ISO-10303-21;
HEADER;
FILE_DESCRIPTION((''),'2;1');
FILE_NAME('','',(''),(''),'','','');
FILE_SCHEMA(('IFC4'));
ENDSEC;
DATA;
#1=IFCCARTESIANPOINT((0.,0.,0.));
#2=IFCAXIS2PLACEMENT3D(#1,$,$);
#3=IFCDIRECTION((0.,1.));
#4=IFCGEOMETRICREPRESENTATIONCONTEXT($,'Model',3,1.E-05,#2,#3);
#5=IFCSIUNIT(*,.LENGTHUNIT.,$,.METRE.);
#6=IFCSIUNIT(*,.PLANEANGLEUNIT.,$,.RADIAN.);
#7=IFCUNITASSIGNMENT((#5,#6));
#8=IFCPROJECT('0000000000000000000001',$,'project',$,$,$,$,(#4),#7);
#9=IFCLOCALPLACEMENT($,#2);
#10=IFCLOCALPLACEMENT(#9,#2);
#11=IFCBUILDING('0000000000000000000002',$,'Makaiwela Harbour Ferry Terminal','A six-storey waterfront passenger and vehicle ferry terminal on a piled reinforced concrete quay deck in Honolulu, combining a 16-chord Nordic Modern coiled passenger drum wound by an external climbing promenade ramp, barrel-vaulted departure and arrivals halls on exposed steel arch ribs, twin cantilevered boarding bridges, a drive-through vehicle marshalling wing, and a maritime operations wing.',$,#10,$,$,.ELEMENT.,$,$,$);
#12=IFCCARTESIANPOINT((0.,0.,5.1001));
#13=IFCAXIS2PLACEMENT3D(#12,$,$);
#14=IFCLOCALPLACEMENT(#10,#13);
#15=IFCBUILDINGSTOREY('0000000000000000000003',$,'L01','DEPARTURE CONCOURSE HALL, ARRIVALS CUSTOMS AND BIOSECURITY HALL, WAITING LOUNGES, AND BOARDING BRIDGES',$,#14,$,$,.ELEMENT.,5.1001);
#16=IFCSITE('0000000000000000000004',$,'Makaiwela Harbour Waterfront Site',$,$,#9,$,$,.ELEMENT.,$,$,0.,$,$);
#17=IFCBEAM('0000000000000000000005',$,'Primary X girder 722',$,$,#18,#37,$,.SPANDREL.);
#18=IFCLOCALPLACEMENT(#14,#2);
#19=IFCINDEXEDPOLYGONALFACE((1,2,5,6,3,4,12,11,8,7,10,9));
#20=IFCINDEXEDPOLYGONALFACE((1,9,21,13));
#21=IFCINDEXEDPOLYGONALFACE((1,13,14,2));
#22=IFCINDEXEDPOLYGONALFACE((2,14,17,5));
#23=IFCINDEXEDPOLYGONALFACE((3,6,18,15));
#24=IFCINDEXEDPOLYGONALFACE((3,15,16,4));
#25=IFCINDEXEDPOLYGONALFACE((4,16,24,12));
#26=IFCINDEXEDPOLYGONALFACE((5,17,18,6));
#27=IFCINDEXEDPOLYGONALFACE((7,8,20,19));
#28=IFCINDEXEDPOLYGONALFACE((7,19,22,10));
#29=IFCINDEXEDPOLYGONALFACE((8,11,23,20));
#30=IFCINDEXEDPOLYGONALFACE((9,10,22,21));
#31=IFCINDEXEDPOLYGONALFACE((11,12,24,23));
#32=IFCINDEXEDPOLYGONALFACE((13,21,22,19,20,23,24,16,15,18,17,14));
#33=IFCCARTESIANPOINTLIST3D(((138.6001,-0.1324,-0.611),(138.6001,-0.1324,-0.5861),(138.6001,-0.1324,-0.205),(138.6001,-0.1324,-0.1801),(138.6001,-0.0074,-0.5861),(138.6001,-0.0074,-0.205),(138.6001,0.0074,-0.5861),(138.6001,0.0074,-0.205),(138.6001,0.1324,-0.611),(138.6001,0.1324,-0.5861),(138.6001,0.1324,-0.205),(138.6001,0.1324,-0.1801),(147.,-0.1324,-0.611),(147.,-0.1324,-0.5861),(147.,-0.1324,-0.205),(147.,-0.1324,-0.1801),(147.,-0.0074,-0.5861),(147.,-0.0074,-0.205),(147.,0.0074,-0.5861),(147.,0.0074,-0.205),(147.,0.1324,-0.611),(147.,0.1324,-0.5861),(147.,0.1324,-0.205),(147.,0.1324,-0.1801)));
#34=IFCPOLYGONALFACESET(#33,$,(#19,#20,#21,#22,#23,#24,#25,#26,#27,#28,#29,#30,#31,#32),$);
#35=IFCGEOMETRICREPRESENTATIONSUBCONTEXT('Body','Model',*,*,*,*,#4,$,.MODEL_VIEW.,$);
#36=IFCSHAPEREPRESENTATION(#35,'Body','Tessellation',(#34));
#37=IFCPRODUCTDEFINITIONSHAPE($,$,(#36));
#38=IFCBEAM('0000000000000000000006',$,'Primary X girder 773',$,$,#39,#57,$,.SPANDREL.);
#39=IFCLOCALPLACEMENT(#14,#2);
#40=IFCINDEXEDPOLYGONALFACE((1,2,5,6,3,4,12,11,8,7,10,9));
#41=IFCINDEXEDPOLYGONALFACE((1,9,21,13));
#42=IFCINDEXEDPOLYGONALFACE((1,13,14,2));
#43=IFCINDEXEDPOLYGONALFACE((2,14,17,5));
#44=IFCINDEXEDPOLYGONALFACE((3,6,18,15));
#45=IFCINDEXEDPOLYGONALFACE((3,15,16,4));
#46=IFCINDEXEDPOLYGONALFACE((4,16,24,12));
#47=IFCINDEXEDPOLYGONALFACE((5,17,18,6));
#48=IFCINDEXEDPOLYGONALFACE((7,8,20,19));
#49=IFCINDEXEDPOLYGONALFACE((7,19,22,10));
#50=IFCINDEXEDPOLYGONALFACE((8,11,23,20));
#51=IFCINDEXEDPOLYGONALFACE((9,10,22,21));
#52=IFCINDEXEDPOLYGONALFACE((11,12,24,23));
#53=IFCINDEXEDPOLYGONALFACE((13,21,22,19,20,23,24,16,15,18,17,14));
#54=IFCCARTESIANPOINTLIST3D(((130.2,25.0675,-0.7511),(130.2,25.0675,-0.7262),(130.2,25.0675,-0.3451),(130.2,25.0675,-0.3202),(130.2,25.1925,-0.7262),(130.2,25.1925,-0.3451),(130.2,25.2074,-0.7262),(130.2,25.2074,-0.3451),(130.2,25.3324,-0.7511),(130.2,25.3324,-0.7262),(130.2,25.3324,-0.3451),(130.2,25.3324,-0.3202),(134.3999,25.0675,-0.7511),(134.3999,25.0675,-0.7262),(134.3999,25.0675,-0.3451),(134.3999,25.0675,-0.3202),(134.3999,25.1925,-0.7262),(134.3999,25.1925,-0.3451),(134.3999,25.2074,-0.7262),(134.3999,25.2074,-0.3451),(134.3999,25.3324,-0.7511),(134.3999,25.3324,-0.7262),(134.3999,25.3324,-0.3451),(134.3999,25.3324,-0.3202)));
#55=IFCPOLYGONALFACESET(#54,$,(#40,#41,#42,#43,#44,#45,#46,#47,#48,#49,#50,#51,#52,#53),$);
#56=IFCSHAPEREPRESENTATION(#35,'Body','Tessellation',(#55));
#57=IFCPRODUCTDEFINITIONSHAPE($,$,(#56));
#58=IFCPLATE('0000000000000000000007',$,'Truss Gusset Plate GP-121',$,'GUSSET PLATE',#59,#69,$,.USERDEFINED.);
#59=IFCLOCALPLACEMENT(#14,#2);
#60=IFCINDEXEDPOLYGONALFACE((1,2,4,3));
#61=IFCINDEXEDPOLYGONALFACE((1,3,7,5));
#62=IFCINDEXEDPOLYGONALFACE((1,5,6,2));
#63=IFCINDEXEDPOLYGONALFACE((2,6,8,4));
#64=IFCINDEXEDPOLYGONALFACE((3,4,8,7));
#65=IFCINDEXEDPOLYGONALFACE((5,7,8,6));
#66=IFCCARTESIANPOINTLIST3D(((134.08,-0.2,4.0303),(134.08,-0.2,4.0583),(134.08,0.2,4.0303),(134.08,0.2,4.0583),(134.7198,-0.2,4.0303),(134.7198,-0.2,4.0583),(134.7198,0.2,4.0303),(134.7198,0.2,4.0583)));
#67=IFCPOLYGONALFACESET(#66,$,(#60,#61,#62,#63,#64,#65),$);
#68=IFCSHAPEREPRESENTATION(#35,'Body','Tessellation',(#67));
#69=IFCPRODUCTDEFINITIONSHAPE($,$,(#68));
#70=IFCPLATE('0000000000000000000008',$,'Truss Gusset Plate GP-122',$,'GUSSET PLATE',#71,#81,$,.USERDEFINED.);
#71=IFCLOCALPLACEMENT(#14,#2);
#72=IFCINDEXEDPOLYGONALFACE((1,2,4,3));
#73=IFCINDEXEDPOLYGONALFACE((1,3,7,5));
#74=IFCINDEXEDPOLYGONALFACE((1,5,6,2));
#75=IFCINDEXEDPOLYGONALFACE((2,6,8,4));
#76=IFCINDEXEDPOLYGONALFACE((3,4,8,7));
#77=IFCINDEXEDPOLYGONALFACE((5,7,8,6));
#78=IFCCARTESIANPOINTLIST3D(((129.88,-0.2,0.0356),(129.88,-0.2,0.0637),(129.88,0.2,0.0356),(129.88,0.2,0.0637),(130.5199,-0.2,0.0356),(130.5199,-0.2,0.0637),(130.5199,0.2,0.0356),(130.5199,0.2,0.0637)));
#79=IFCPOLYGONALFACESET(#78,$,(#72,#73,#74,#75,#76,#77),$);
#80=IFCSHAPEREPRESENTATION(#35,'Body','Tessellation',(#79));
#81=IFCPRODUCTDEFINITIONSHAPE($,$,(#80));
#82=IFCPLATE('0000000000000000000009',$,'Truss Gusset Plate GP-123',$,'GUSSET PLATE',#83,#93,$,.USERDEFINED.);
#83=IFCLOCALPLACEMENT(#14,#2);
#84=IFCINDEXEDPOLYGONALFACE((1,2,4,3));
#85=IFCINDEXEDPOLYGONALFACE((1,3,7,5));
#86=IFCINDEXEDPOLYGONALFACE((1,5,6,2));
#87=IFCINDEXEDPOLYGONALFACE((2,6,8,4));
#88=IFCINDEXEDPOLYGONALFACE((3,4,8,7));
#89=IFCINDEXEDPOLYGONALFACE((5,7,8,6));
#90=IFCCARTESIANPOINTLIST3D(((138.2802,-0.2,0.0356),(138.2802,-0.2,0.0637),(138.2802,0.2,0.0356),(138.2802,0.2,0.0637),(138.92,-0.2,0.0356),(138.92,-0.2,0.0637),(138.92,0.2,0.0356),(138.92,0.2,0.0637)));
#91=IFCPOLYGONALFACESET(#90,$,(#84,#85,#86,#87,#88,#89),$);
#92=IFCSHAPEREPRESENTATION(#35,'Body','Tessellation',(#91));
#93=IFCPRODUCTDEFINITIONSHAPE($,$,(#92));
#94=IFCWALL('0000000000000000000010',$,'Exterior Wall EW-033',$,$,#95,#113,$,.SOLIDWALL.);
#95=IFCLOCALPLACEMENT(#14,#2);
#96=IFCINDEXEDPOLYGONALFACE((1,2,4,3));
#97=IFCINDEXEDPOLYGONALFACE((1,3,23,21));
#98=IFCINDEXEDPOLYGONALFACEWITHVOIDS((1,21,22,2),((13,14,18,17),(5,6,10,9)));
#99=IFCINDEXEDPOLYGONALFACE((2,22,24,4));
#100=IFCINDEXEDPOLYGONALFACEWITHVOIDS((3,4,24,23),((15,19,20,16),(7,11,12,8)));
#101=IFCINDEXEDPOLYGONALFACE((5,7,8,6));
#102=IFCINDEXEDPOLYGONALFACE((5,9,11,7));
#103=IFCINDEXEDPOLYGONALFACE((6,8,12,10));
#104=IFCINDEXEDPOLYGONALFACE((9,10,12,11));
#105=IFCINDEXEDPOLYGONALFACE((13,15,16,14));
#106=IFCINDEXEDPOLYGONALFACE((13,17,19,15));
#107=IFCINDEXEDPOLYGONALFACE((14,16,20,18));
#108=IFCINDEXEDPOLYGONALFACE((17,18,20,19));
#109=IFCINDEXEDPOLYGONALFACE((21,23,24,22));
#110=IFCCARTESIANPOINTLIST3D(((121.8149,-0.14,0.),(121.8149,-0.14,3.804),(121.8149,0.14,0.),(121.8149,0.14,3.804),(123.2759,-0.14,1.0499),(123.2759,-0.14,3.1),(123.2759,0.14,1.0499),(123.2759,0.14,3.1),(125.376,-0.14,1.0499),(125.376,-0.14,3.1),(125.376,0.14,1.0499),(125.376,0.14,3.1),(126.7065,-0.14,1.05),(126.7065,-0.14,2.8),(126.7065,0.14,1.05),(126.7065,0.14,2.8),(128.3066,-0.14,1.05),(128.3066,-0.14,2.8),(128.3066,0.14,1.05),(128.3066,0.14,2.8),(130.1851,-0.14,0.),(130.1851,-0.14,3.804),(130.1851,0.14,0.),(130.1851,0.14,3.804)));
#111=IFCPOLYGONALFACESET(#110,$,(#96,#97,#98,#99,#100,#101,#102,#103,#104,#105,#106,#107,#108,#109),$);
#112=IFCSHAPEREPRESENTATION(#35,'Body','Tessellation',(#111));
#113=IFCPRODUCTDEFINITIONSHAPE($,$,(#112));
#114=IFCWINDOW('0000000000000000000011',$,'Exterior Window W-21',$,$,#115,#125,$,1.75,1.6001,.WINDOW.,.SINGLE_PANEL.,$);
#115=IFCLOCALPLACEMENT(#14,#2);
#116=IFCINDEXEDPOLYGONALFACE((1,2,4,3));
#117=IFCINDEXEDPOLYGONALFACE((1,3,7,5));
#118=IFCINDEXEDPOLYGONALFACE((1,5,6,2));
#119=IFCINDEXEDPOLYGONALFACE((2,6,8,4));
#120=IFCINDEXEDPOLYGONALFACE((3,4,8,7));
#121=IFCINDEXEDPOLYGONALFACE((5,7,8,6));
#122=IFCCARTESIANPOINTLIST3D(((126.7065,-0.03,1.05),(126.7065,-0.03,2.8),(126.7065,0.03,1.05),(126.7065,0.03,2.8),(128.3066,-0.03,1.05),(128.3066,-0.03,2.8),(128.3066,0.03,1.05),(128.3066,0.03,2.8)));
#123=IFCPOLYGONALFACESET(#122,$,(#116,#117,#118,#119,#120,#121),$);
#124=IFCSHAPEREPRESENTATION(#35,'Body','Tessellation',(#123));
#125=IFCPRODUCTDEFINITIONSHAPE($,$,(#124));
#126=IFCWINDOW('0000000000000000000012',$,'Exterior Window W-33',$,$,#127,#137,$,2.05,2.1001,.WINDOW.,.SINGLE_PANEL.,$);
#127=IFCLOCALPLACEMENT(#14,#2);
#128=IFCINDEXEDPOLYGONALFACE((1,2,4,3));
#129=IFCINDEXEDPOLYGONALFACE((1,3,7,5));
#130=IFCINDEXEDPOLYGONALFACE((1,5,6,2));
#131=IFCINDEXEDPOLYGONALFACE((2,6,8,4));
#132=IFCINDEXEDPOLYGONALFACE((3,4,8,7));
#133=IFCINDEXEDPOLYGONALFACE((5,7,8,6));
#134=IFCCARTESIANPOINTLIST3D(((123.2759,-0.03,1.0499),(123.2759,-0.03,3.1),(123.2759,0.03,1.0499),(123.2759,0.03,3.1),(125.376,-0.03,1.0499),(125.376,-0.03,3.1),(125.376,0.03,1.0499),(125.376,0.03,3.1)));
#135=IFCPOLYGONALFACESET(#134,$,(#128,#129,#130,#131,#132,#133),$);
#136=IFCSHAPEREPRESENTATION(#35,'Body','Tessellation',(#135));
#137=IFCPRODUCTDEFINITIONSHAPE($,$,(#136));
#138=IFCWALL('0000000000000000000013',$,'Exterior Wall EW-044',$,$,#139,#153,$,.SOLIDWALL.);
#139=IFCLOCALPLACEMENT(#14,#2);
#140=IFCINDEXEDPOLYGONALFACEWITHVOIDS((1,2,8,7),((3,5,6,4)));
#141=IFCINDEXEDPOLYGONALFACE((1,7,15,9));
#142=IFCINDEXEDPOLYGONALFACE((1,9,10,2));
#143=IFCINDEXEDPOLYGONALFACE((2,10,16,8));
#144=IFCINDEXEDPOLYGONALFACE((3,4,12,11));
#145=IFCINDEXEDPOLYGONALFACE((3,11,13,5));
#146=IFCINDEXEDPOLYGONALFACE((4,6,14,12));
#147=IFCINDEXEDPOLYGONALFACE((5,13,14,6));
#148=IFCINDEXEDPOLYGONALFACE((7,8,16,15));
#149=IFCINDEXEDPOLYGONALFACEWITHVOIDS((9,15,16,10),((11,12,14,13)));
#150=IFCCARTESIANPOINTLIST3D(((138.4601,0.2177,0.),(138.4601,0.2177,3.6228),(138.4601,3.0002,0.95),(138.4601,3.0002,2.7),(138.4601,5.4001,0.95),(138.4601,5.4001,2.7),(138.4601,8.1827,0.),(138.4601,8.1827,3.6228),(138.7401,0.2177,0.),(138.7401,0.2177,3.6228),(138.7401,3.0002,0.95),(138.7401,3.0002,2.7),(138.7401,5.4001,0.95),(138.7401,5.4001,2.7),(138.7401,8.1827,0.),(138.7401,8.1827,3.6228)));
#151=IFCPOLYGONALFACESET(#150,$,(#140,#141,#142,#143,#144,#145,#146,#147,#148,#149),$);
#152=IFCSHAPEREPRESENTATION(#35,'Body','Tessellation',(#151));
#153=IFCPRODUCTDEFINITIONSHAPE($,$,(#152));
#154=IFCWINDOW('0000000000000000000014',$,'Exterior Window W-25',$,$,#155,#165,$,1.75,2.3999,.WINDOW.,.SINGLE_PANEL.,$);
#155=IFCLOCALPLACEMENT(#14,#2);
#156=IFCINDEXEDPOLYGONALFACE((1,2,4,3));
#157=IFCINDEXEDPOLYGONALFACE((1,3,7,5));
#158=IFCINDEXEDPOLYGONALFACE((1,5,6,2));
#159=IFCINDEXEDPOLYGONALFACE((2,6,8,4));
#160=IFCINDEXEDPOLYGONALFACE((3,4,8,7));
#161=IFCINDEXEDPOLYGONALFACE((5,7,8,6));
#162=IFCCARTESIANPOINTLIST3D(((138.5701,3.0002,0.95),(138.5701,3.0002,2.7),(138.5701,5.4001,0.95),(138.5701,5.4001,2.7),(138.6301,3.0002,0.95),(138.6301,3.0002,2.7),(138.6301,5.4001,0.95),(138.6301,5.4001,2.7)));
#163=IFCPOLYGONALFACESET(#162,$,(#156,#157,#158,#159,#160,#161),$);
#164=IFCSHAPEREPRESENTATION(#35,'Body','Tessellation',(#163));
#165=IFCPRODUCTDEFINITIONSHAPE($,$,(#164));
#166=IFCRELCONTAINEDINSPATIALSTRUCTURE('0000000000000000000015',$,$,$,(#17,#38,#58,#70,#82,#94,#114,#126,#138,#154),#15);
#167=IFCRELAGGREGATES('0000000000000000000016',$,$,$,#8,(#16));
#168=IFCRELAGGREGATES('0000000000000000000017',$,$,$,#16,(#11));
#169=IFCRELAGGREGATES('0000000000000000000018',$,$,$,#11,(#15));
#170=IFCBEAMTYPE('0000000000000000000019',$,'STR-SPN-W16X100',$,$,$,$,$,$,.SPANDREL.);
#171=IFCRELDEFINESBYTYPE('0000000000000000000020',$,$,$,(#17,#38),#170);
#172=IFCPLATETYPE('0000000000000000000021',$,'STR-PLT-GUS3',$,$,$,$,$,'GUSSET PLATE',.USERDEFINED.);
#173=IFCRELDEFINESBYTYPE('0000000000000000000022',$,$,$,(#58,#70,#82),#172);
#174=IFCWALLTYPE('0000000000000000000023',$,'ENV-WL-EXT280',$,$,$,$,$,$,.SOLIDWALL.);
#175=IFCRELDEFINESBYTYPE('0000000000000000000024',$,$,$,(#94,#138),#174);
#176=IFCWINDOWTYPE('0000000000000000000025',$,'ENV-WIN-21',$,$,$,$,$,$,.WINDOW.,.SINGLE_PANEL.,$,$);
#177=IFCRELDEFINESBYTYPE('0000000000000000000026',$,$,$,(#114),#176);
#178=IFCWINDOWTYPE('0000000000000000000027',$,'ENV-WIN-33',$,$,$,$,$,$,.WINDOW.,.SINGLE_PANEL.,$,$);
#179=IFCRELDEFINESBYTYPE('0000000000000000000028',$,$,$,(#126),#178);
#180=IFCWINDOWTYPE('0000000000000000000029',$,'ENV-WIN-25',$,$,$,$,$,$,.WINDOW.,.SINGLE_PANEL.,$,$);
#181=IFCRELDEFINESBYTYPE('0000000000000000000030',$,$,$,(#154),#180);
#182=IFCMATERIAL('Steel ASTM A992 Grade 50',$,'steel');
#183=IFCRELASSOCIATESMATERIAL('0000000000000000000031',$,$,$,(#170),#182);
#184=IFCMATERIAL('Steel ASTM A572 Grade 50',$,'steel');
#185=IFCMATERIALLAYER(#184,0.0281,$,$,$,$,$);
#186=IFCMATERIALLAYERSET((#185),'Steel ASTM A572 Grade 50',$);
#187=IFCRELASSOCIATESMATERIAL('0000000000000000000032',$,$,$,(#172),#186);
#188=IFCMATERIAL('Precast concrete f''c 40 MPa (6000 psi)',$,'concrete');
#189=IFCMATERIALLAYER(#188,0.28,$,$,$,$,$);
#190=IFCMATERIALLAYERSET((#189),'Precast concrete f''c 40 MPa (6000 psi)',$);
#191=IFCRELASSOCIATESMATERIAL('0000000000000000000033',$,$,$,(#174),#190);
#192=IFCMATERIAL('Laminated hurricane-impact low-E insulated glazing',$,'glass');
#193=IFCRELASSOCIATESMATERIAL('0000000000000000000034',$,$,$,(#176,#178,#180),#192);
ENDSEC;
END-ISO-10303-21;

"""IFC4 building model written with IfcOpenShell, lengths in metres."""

from ifc_helpers import new_model, si_unit, direction, frame, frame_2d, origin, origin_2d, place, context, subcontext, project, spatial, rectangle, i_section, extrude, material, layer, layer_set, material_profile, profile_set, type_object, element, fill, save


model = new_model("IFC4")

# Units and contexts
model_context = context("Model", 3, precision=1e-05, world=origin(), true_north=direction((0.0, 1.0)))
body_context = subcontext(model_context, "Body", "Model", "MODEL_VIEW")
ifc_project = project(units=[si_unit("LENGTHUNIT", "METRE"), si_unit("PLANEANGLEUNIT", "RADIAN")], contexts=[model_context])

# Site, building, storey
site_placement = place(None, origin())
site = spatial("IfcSite", under=ifc_project, at=site_placement, Name="Makaiwela Harbour Waterfront Site", CompositionType="ELEMENT", RefElevation=0.0)
building_placement = place(site_placement, origin())
building = spatial("IfcBuilding", under=site, at=building_placement, Name="Makaiwela Harbour Ferry Terminal", Description="A six-storey waterfront passenger and vehicle ferry terminal on a piled reinforced concrete quay deck in Honolulu, combining a 16-chord Nordic Modern coiled passenger drum wound by an external climbing promenade ramp, barrel-vaulted departure and arrivals halls on exposed steel arch ribs, twin cantilevered boarding bridges, a drive-through vehicle marshalling wing, and a maritime operations wing.", CompositionType="ELEMENT")
storey_placement = place(building_placement, frame((0.0, 0.0, 5.1001)))
storey = spatial("IfcBuildingStorey", under=building, at=storey_placement, Name="L01", Description="DEPARTURE CONCOURSE HALL, ARRIVALS CUSTOMS AND BIOSECURITY HALL, WAITING LOUNGES, AND BOARDING BRIDGES", CompositionType="ELEMENT", Elevation=5.1001)

# Shared definitions
ifc_material_1 = material(Name="Steel ASTM A992 Grade 50", Category="steel")

# Beams
ifc_material_profile_1 = material_profile(ifc_material_1, i_section(OverallWidth=0.2649, OverallDepth=0.4309, WebThickness=0.0149, FlangeThickness=0.0249, at=origin_2d()), Name="W16X100")
ifc_profile_set_1 = profile_set([ifc_material_profile_1], Name="Steel ASTM A992 Grade 50")
beam_type_1 = type_object("IfcBeamType", Name="STR-SPN-W16X100", PredefinedType="SPANDREL", material=ifc_profile_set_1)
beam_1_placement = place(storey_placement, frame((138.6001, 0.0, -0.3955), z_axis=(1.0, 0.0, 0.0), x_axis=(0.0, 1.0, 0.0)))
element("IfcBeam", 1, at=beam_1_placement, inside=storey, type_object=beam_type_1, Name="Primary X girder 722", PredefinedType="SPANDREL", context=body_context, shape_type="SweptSolid", body=[
    extrude(i_section(OverallWidth=0.2649, OverallDepth=0.4309, WebThickness=0.0149, FlangeThickness=0.0249, at=origin_2d()), origin(), (0.0, 0.0, 1.0), 8.3999),
])
beam_2_placement = place(storey_placement, frame((130.2, 25.2, -0.5356), z_axis=(1.0, 0.0, 0.0), x_axis=(0.0, 1.0, 0.0)))
element("IfcBeam", 2, at=beam_2_placement, inside=storey, type_object=beam_type_1, Name="Primary X girder 773", PredefinedType="SPANDREL", context=body_context, shape_type="SweptSolid", body=[
    extrude(i_section(OverallWidth=0.2649, OverallDepth=0.4309, WebThickness=0.0149, FlangeThickness=0.0249, at=origin_2d()), origin(), (0.0, 0.0, 1.0), 4.2),
])

# Plates
ifc_material_2 = material(Name="Steel ASTM A572 Grade 50", Category="steel")
ifc_layer_1 = layer(ifc_material_2, 0.0281)
ifc_layer_set_1 = layer_set([ifc_layer_1], Name="Steel ASTM A572 Grade 50")
plate_type = type_object("IfcPlateType", Name="STR-PLT-GUS3", ElementType="GUSSET PLATE", PredefinedType="USERDEFINED", material=ifc_layer_set_1)
for number, where, z_axis, x_axis, name in (
    (3, (134.3999, 0.0, 4.0303), (0.0, 0.0, 1.0), (1.0, 0.0, 0.0), "Truss Gusset Plate GP-121"),
    (4, (130.2, 0.0, 0.0356), (0.0, 0.0, 1.0), (1.0, 0.0, 0.0), "Truss Gusset Plate GP-122"),
    (5, (138.6001, 0.0, 0.0356), (0.0, 0.0, 1.0), (1.0, 0.0, 0.0), "Truss Gusset Plate GP-123"),
):
    element("IfcPlate", number, at=place(storey_placement, frame(where, z_axis=z_axis, x_axis=x_axis)), inside=storey, type_object=plate_type, Name=name, ObjectType="GUSSET PLATE", PredefinedType="USERDEFINED", context=body_context, shape_type="SweptSolid", body=[
        extrude(rectangle(XDim=0.6399, YDim=0.3999, at=origin_2d()), origin(), (0.0, 0.0, 1.0), 0.0281),
    ])

# Wall, openings, windows
ifc_material_3 = material(Name="Precast concrete f'c 40 MPa (6000 psi)", Category="concrete")
ifc_layer_2 = layer(ifc_material_3, 0.28)
ifc_layer_set_2 = layer_set([ifc_layer_2], Name="Precast concrete f'c 40 MPa (6000 psi)")
wall_type_1 = type_object("IfcWallType", Name="ENV-WL-EXT280", PredefinedType="SOLIDWALL", material=ifc_layer_set_2)
wall_1_placement = place(storey_placement, frame((130.1851, 0.0, 0.0), z_axis=(0.0, 0.0, 1.0), x_axis=(-1.0, 0.0, 0.0)))
wall_1 = element("IfcWall", 6, at=wall_1_placement, inside=storey, type_object=wall_type_1, Name="Exterior Wall EW-033", PredefinedType="SOLIDWALL", context=body_context, shape_type="SweptSolid", body=[
    extrude(rectangle(XDim=8.3701, YDim=0.28, at=frame_2d((4.1851, 0.0))), origin(), (0.0, 0.0, 1.0), 3.804),
])
opening_1_placement = place(wall_1_placement, frame((1.8784, 0.0, 1.05)))
opening_1 = element("IfcOpeningElement", 7, at=opening_1_placement, cuts=wall_1, PredefinedType="OPENING", context=body_context, shape_type="SweptSolid", body=[
    extrude(rectangle(XDim=1.6001, YDim=1.75, at=frame_2d((0.8, 0.875))), frame((0.0, 0.1499, 0.0), z_axis=(0.0, -1.0, 0.0), x_axis=(1.0, 0.0, 0.0)), (0.0, 0.0, 1.0), 0.3),
])
opening_2_placement = place(wall_1_placement, frame((4.8091, 0.0, 1.05)))
opening_2 = element("IfcOpeningElement", 8, at=opening_2_placement, cuts=wall_1, PredefinedType="OPENING", context=body_context, shape_type="SweptSolid", body=[
    extrude(rectangle(XDim=2.1001, YDim=2.05, at=frame_2d((1.05, 1.0249))), frame((0.0, 0.1499, 0.0), z_axis=(0.0, -1.0, 0.0), x_axis=(1.0, 0.0, 0.0)), (0.0, 0.0, 1.0), 0.3),
])
ifc_material_4 = material(Name="Laminated hurricane-impact low-E insulated glazing", Category="glass")
window_type_1 = type_object("IfcWindowType", Name="ENV-WIN-21", PartitioningType="SINGLE_PANEL", PredefinedType="WINDOW", material=ifc_material_4)
window_1_placement = place(opening_1_placement, origin())
window_1 = element("IfcWindow", 9, at=window_1_placement, inside=storey, type_object=window_type_1, Name="Exterior Window W-21", OverallHeight=1.75, OverallWidth=1.6001, PartitioningType="SINGLE_PANEL", PredefinedType="WINDOW", context=body_context, shape_type="SweptSolid", body=[
    extrude(rectangle(XDim=1.6001, YDim=1.75, at=frame_2d((0.8, 0.875))), frame((0.0, 0.03, 0.0), z_axis=(0.0, -1.0, 0.0), x_axis=(1.0, 0.0, 0.0)), (0.0, 0.0, 1.0), 0.0601),
])
fill(opening_1, window_1)
window_type_2 = type_object("IfcWindowType", Name="ENV-WIN-33", PartitioningType="SINGLE_PANEL", PredefinedType="WINDOW", material=ifc_material_4)
window_2_placement = place(opening_2_placement, origin())
window_2 = element("IfcWindow", 10, at=window_2_placement, inside=storey, type_object=window_type_2, Name="Exterior Window W-33", OverallHeight=2.05, OverallWidth=2.1001, PartitioningType="SINGLE_PANEL", PredefinedType="WINDOW", context=body_context, shape_type="SweptSolid", body=[
    extrude(rectangle(XDim=2.1001, YDim=2.05, at=frame_2d((1.05, 1.0249))), frame((0.0, 0.03, 0.0), z_axis=(0.0, -1.0, 0.0), x_axis=(1.0, 0.0, 0.0)), (0.0, 0.0, 1.0), 0.0601),
])
fill(opening_2, window_2)

# Wall, opening, window
wall_2_placement = place(storey_placement, frame((138.6001, 8.1826, 0.0), z_axis=(0.0, 0.0, 1.0), x_axis=(0.0, -1.0, 0.0)))
wall_2 = element("IfcWall", 11, at=wall_2_placement, inside=storey, type_object=wall_type_1, Name="Exterior Wall EW-044", PredefinedType="SOLIDWALL", context=body_context, shape_type="SweptSolid", body=[
    extrude(rectangle(XDim=7.9651, YDim=0.28, at=frame_2d((3.9824, 0.0))), origin(), (0.0, 0.0, 1.0), 3.6228),
])
opening_3_placement = place(wall_2_placement, frame((2.7825, 0.0, 0.95)))
opening_3 = element("IfcOpeningElement", 12, at=opening_3_placement, cuts=wall_2, PredefinedType="OPENING", context=body_context, shape_type="SweptSolid", body=[
    extrude(rectangle(XDim=2.3999, YDim=1.75, at=frame_2d((1.2, 0.875))), frame((0.0, 0.1499, 0.0), z_axis=(0.0, -1.0, 0.0), x_axis=(1.0, 0.0, 0.0)), (0.0, 0.0, 1.0), 0.3),
])
window_type_3 = type_object("IfcWindowType", Name="ENV-WIN-25", PartitioningType="SINGLE_PANEL", PredefinedType="WINDOW", material=ifc_material_4)
window_3_placement = place(opening_3_placement, origin())
window_3 = element("IfcWindow", 13, at=window_3_placement, inside=storey, type_object=window_type_3, Name="Exterior Window W-25", OverallHeight=1.75, OverallWidth=2.3999, PartitioningType="SINGLE_PANEL", PredefinedType="WINDOW", context=body_context, shape_type="SweptSolid", body=[
    extrude(rectangle(XDim=2.3999, YDim=1.75, at=frame_2d((1.2, 0.875))), frame((0.0, 0.03, 0.0), z_axis=(0.0, -1.0, 0.0), x_axis=(1.0, 0.0, 0.0)), (0.0, 0.0, 1.0), 0.0601),
])
fill(opening_3, window_3)

save(model, "model.ifc")
